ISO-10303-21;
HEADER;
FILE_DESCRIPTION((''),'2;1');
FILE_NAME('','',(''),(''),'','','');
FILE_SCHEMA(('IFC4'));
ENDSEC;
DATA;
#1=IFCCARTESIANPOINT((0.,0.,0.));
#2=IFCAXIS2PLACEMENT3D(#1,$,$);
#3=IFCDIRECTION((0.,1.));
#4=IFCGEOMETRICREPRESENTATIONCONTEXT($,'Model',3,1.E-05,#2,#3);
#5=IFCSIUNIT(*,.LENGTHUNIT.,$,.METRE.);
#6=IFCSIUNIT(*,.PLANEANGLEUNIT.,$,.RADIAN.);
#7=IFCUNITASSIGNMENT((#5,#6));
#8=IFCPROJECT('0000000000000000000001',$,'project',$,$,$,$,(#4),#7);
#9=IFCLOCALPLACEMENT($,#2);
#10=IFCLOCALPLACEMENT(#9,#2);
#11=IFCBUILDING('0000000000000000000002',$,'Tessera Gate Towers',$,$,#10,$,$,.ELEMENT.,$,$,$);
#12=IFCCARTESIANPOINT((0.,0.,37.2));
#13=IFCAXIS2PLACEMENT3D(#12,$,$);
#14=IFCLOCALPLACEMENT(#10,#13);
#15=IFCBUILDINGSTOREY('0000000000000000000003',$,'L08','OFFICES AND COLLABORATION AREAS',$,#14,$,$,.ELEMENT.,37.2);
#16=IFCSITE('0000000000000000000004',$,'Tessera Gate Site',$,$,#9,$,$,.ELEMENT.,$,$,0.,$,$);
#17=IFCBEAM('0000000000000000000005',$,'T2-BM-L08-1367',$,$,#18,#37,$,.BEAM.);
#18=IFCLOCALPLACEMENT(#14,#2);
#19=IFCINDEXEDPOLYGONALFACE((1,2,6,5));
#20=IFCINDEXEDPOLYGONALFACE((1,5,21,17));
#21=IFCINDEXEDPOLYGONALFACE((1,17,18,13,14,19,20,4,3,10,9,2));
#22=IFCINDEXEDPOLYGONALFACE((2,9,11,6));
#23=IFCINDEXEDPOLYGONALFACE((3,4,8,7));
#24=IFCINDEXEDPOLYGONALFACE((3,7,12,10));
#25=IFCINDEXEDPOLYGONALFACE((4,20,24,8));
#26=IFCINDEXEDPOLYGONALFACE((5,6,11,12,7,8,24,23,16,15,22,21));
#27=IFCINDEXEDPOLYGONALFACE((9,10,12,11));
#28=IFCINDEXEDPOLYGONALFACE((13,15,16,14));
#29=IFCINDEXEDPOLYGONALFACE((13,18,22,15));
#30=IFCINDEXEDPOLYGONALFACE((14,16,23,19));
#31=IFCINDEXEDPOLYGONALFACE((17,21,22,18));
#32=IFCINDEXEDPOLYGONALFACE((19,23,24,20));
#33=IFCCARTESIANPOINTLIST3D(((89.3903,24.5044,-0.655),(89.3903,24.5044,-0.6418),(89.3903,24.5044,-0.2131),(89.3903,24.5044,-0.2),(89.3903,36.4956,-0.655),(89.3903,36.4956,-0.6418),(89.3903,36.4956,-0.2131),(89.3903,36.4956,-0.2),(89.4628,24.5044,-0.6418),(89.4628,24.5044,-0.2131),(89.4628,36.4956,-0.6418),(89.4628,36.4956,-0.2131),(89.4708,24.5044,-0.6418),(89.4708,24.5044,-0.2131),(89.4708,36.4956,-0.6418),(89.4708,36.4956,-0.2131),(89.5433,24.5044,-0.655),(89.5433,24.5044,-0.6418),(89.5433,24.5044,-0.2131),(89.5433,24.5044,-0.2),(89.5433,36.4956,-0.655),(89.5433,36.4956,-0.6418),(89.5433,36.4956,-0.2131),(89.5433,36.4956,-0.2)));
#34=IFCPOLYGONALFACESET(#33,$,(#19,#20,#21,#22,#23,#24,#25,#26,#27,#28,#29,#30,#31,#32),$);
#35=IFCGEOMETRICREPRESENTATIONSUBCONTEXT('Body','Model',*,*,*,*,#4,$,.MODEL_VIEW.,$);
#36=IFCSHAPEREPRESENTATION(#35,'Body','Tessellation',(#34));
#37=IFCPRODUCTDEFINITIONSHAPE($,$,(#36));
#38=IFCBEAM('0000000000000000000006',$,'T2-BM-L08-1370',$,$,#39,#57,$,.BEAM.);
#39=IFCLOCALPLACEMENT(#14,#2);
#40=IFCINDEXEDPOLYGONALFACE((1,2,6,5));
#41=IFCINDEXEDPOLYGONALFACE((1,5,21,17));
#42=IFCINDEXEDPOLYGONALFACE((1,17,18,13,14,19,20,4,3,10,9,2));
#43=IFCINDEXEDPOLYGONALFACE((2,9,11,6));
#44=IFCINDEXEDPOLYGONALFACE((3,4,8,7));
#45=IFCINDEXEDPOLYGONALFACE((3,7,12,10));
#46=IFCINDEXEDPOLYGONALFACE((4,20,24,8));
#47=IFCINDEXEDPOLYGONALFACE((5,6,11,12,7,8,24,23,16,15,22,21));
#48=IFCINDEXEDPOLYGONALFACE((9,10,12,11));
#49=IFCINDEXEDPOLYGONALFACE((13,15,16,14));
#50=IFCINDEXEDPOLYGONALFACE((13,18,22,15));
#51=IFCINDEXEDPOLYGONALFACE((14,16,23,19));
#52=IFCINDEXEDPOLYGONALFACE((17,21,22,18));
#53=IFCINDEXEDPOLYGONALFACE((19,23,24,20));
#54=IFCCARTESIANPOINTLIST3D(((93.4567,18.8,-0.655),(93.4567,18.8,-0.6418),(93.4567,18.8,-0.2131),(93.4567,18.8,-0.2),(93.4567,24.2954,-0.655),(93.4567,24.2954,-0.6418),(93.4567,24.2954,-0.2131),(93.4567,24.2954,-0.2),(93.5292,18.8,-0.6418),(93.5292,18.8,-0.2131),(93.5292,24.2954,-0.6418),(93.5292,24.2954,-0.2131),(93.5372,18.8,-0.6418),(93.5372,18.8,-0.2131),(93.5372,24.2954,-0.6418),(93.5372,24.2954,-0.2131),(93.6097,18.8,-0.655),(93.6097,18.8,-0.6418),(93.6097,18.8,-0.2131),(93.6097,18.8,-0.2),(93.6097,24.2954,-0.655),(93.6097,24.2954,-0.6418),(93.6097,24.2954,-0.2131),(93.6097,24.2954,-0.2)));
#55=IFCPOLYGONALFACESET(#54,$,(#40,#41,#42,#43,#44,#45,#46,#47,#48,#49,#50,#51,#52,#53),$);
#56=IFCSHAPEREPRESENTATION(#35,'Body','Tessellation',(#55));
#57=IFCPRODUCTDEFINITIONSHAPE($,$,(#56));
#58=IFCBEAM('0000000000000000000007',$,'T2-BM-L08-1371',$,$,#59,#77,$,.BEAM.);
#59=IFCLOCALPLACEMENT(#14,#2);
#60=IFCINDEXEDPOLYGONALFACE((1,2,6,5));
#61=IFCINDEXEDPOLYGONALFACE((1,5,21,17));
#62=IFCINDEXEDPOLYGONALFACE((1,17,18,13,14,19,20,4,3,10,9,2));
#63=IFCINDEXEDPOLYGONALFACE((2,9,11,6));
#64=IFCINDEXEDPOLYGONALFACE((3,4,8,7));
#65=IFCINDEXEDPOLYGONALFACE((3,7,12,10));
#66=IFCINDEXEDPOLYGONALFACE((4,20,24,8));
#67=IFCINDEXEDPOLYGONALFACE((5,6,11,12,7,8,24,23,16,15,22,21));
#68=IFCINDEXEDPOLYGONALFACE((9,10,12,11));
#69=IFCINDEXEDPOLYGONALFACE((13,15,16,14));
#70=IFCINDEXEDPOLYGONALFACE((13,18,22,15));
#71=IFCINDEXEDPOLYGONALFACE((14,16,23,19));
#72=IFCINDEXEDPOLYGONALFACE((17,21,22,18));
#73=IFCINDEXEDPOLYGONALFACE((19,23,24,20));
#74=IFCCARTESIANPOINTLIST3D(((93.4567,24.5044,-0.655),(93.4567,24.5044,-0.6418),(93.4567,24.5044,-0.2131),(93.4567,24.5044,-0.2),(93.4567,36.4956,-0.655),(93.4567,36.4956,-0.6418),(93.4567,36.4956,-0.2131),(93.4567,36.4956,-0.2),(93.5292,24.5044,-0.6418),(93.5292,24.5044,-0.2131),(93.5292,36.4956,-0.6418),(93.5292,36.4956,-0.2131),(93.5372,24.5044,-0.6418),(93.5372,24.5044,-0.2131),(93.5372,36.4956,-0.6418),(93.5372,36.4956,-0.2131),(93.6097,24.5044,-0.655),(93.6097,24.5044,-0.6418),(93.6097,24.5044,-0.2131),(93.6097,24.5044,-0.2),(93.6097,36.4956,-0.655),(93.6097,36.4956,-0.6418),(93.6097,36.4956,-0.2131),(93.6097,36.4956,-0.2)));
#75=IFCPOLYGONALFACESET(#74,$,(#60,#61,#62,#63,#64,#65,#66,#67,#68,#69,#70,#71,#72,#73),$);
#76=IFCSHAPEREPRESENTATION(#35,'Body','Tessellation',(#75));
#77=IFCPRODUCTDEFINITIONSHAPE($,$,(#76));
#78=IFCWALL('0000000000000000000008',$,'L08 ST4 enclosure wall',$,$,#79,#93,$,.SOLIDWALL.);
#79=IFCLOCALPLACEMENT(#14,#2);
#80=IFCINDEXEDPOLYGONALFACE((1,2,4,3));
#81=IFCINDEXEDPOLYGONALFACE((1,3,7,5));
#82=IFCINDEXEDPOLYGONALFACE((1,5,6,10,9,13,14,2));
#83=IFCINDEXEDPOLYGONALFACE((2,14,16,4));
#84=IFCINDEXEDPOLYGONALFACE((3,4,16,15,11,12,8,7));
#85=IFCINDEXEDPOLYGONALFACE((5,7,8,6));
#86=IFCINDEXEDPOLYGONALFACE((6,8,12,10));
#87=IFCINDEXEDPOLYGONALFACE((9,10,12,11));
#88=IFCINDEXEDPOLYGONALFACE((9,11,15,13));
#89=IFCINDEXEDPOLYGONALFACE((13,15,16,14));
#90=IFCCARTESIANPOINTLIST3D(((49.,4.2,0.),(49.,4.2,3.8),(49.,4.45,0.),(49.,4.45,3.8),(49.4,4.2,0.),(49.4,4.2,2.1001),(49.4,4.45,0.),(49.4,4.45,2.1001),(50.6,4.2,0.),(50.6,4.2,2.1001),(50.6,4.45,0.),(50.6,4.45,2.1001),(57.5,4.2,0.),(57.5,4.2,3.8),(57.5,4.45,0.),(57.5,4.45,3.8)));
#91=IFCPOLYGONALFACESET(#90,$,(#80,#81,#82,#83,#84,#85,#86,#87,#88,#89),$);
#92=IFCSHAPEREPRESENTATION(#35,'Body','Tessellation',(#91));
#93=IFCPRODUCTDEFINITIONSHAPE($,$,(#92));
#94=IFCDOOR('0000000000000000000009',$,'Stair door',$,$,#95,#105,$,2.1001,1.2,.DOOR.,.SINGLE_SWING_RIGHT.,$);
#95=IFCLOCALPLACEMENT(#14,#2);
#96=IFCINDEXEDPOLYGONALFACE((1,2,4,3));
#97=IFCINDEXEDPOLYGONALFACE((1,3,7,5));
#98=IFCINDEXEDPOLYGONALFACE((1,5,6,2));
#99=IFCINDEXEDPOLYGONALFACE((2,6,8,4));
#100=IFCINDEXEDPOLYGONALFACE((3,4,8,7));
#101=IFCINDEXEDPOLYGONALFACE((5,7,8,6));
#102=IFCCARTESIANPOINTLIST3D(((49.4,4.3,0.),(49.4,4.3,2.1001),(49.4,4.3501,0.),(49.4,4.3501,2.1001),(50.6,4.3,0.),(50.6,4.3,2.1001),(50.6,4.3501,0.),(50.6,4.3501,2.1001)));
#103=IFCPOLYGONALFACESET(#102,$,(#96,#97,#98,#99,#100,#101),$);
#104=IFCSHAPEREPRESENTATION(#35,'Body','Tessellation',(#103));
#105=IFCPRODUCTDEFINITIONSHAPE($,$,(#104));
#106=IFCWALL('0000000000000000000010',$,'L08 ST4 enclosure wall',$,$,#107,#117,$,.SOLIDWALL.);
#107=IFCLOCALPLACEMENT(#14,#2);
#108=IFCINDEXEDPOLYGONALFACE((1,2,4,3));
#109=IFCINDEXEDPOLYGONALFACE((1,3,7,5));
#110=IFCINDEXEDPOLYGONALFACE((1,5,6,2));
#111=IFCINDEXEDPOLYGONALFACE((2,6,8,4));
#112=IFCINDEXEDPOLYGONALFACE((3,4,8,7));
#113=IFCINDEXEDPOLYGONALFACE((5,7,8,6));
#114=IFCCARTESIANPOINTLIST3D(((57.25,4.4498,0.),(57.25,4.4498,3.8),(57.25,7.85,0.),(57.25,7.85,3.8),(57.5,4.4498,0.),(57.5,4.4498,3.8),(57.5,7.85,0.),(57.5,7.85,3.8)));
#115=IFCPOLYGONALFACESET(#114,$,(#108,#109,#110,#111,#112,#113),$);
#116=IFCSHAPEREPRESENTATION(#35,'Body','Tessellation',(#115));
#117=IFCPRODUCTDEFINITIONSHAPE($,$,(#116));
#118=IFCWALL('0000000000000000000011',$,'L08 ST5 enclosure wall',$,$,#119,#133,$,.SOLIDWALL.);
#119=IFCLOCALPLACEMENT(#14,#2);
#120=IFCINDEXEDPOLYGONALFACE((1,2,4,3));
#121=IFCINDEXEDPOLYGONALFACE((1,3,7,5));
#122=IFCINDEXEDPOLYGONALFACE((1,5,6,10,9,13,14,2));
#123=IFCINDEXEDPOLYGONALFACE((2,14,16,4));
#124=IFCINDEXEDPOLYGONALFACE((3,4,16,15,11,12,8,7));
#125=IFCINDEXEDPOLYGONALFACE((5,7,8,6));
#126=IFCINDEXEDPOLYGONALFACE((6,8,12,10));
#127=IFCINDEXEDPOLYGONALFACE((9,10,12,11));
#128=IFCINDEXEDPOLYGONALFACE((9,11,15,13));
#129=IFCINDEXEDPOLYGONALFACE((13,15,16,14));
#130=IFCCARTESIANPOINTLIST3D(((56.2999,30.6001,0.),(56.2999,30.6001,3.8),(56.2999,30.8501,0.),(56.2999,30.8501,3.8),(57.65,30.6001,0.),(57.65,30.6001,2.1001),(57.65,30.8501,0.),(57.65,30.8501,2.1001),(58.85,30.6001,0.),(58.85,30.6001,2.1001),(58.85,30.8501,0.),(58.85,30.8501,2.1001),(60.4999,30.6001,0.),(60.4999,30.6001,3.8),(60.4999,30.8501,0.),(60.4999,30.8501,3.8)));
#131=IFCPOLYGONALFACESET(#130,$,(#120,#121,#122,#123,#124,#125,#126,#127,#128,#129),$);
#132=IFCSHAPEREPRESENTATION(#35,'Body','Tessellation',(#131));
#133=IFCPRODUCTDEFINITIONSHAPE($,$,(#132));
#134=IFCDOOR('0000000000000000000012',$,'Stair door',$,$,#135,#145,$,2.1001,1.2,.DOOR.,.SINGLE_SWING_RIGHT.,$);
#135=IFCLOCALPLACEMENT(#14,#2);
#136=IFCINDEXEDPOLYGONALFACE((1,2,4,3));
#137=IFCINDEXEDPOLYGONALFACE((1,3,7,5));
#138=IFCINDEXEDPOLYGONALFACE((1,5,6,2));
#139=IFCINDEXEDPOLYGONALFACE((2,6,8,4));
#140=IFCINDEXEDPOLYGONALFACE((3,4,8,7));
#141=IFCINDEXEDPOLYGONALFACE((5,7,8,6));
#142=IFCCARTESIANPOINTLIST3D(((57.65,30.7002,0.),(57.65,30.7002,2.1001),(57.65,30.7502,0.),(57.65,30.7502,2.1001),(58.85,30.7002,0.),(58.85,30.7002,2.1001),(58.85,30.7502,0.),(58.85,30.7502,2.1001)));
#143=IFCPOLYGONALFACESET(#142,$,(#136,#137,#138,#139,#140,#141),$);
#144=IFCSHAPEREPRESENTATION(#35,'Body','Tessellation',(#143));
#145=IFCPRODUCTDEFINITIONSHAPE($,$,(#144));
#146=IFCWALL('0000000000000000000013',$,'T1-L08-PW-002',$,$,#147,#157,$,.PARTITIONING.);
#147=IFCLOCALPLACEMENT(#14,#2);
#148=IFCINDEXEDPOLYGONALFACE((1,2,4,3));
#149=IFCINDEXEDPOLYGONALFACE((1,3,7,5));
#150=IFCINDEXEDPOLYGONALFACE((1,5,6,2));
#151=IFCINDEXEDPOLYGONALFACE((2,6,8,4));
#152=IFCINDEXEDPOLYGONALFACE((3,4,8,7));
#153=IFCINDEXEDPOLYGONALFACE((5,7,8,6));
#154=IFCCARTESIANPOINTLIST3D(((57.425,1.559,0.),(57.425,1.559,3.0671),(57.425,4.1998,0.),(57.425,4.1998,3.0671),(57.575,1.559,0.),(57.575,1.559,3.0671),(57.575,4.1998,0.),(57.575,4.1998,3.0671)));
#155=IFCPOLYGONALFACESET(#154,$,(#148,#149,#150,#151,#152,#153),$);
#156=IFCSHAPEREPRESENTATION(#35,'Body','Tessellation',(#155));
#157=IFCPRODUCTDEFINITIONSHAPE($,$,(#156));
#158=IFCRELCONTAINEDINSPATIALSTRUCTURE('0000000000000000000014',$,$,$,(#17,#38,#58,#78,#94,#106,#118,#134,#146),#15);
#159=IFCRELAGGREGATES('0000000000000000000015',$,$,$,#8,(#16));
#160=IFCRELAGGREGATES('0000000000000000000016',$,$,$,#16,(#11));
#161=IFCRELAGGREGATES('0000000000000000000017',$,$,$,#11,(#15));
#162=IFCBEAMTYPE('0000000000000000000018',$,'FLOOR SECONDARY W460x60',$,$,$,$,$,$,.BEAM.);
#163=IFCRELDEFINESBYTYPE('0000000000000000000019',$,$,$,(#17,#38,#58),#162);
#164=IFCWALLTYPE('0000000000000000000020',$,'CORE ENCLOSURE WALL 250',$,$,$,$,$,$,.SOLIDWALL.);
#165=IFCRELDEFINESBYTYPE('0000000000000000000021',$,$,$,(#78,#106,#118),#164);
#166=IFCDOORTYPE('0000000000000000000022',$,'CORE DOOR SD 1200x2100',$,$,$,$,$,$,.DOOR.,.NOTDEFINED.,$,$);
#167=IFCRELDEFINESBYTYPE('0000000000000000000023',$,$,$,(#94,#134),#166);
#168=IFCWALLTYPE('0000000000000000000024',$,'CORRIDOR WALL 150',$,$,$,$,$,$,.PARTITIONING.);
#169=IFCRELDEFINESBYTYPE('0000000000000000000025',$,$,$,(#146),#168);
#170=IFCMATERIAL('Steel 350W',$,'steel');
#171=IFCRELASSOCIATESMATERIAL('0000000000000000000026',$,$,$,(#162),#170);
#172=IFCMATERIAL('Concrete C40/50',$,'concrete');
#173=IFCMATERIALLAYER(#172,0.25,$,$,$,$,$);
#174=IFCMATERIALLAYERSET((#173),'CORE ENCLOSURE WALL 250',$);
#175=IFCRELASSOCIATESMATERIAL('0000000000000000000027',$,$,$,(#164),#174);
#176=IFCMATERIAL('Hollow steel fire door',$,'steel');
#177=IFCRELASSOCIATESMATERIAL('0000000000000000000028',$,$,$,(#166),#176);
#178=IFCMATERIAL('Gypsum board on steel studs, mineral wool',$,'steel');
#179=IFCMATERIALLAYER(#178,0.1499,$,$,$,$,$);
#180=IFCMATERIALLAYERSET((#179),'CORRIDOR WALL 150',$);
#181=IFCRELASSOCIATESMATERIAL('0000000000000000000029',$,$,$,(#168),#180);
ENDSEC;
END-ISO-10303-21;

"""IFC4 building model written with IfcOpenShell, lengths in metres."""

from ifc_helpers import new_model, si_unit, direction, frame, frame_2d, origin, origin_2d, place, context, subcontext, project, spatial, rectangle, i_section, extrude, source, transform, mapped, material, layer, layer_set, material_profile, profile_set, type_object, element, fill, save


model = new_model("IFC4")

# Units and contexts
model_context = context("Model", 3, precision=1e-05, world=origin(), true_north=direction((0.0, 1.0)))
body_context = subcontext(model_context, "Body", "Model", "MODEL_VIEW")
ifc_project = project(units=[si_unit("LENGTHUNIT", "METRE"), si_unit("PLANEANGLEUNIT", "RADIAN")], contexts=[model_context])

# Site, building, storey
site_placement = place(None, origin())
site = spatial("IfcSite", under=ifc_project, at=site_placement, Name="Tessera Gate Site", CompositionType="ELEMENT", RefElevation=0.0)
building_placement = place(site_placement, origin())
building = spatial("IfcBuilding", under=site, at=building_placement, Name="Tessera Gate Towers", CompositionType="ELEMENT")
storey_placement = place(building_placement, frame((0.0, 0.0, 37.2)))
storey = spatial("IfcBuildingStorey", under=building, at=storey_placement, Name="L08", Description="OFFICES AND COLLABORATION AREAS", CompositionType="ELEMENT", Elevation=37.2)

# Beams
ifc_material_1 = material(Name="Steel 350W", Category="steel")
ifc_material_profile_1 = material_profile(ifc_material_1, i_section(OverallWidth=0.1531, OverallDepth=0.4551, WebThickness=0.0081, FlangeThickness=0.0132, at=origin_2d()), Name="W460x60")
ifc_profile_set_1 = profile_set([ifc_material_profile_1], Name="Steel 350W")
beam_type_1 = type_object("IfcBeamType", Name="FLOOR SECONDARY W460x60", PredefinedType="BEAM", material=ifc_profile_set_1)
beam_1_placement = place(storey_placement, frame((89.4668, 24.5044, -0.4275), z_axis=(0.0, 1.0, 0.0), x_axis=(-1.0, 0.0, 0.0)))
element("IfcBeam", 1, at=beam_1_placement, inside=storey, type_object=beam_type_1, Name="T2-BM-L08-1367", PredefinedType="BEAM", context=body_context, shape_type="SweptSolid", body=[
    extrude(i_section(OverallWidth=0.1531, OverallDepth=0.4551, WebThickness=0.0081, FlangeThickness=0.0132, at=origin_2d()), origin(), (0.0, 0.0, 1.0), 11.9912),
])
beam_2_placement = place(storey_placement, frame((93.5332, 18.8, -0.4275), z_axis=(0.0, 1.0, 0.0), x_axis=(-1.0, 0.0, 0.0)))
element("IfcBeam", 2, at=beam_2_placement, inside=storey, type_object=beam_type_1, Name="T2-BM-L08-1370", PredefinedType="BEAM", context=body_context, shape_type="SweptSolid", body=[
    extrude(i_section(OverallWidth=0.1531, OverallDepth=0.4551, WebThickness=0.0081, FlangeThickness=0.0132, at=origin_2d()), origin(), (0.0, 0.0, 1.0), 5.4954),
])
beam_3_placement = place(storey_placement, frame((93.5332, 24.5044, -0.4275), z_axis=(0.0, 1.0, 0.0), x_axis=(-1.0, 0.0, 0.0)))
element("IfcBeam", 3, at=beam_3_placement, inside=storey, type_object=beam_type_1, Name="T2-BM-L08-1371", PredefinedType="BEAM", context=body_context, shape_type="SweptSolid", body=[
    extrude(i_section(OverallWidth=0.1531, OverallDepth=0.4551, WebThickness=0.0081, FlangeThickness=0.0132, at=origin_2d()), origin(), (0.0, 0.0, 1.0), 11.9912),
])

# Wall, opening, door
ifc_material_2 = material(Name="Concrete C40/50", Category="concrete")
ifc_layer_1 = layer(ifc_material_2, 0.25)
ifc_layer_set_1 = layer_set([ifc_layer_1], Name="CORE ENCLOSURE WALL 250")
wall_type_1 = type_object("IfcWallType", Name="CORE ENCLOSURE WALL 250", PredefinedType="SOLIDWALL", material=ifc_layer_set_1)
wall_1_placement = place(storey_placement, frame((57.5, 4.325, 0.0), z_axis=(0.0, 0.0, 1.0), x_axis=(-1.0, 0.0, 0.0)))
wall_1 = element("IfcWall", 4, at=wall_1_placement, inside=storey, type_object=wall_type_1, Name="L08 ST4 enclosure wall", PredefinedType="SOLIDWALL", context=body_context, shape_type="SweptSolid", body=[
    extrude(rectangle(XDim=8.5, YDim=0.25, at=frame_2d((4.25, 0.0))), origin(), (0.0, 0.0, 1.0), 3.8),
])
shared_shape_1 = source(origin(), body_context, "Body", "SweptSolid", [
    extrude(rectangle(XDim=1.2, YDim=2.1001, at=frame_2d((0.6001, 1.05))), frame((0.0, 0.135, 0.0), z_axis=(0.0, -1.0, 0.0), x_axis=(1.0, 0.0, 0.0)), (0.0, 0.0, 1.0), 0.27),
])
opening_1_placement = place(wall_1_placement, frame((6.8999, 0.0, 0.0)))
opening_1 = element("IfcOpeningElement", 5, at=opening_1_placement, cuts=wall_1, PredefinedType="OPENING", context=body_context, shape_type="MappedRepresentation", body=[
    mapped(shared_shape_1, transform((0.0, 0.0, 0.0), scale=1.0)),
])
ifc_material_3 = material(Name="Hollow steel fire door", Category="steel")
door_type_1 = type_object("IfcDoorType", Name="CORE DOOR SD 1200x2100", OperationType="NOTDEFINED", PredefinedType="DOOR", material=ifc_material_3)
shared_shape_2 = source(origin(), body_context, "Body", "SweptSolid", [
    extrude(rectangle(XDim=1.2, YDim=2.1001, at=frame_2d((0.6001, 1.05))), frame((0.0, 0.0249, 0.0), z_axis=(0.0, -1.0, 0.0), x_axis=(1.0, 0.0, 0.0)), (0.0, 0.0, 1.0), 0.05),
])
door_1_placement = place(opening_1_placement, origin())
door_1 = element("IfcDoor", 6, at=door_1_placement, inside=storey, type_object=door_type_1, Name="Stair door", OperationType="SINGLE_SWING_RIGHT", OverallHeight=2.1001, OverallWidth=1.2, PredefinedType="DOOR", context=body_context, shape_type="MappedRepresentation", body=[
    mapped(shared_shape_2, transform((0.0, 0.0, 0.0), scale=1.0)),
])
fill(opening_1, door_1)

# Wall
wall_2_placement = place(storey_placement, frame((57.375, 7.8501, 0.0), z_axis=(0.0, 0.0, 1.0), x_axis=(0.0, -1.0, 0.0)))
element("IfcWall", 7, at=wall_2_placement, inside=storey, type_object=wall_type_1, Name="L08 ST4 enclosure wall", PredefinedType="SOLIDWALL", context=body_context, shape_type="SweptSolid", body=[
    extrude(rectangle(XDim=3.4001, YDim=0.25, at=frame_2d((1.7002, 0.0))), origin(), (0.0, 0.0, 1.0), 3.8),
])

# Wall, opening, door
wall_3_placement = place(storey_placement, frame((60.5, 30.7251, 0.0), z_axis=(0.0, 0.0, 1.0), x_axis=(-1.0, 0.0, 0.0)))
wall_3 = element("IfcWall", 8, at=wall_3_placement, inside=storey, type_object=wall_type_1, Name="L08 ST5 enclosure wall", PredefinedType="SOLIDWALL", context=body_context, shape_type="SweptSolid", body=[
    extrude(rectangle(XDim=4.2, YDim=0.25, at=frame_2d((2.1001, 0.0))), origin(), (0.0, 0.0, 1.0), 3.8),
])
opening_2_placement = place(wall_3_placement, frame((1.6499, 0.0, 0.0)))
opening_2 = element("IfcOpeningElement", 9, at=opening_2_placement, cuts=wall_3, PredefinedType="OPENING", context=body_context, shape_type="MappedRepresentation", body=[
    mapped(shared_shape_1, transform((0.0, 0.0, 0.0), scale=1.0)),
])
door_2_placement = place(opening_2_placement, origin())
door_2 = element("IfcDoor", 10, at=door_2_placement, inside=storey, type_object=door_type_1, Name="Stair door", OperationType="SINGLE_SWING_RIGHT", OverallHeight=2.1001, OverallWidth=1.2, PredefinedType="DOOR", context=body_context, shape_type="MappedRepresentation", body=[
    mapped(shared_shape_2, transform((0.0, 0.0, 0.0), scale=1.0)),
])
fill(opening_2, door_2)

# Wall
ifc_material_4 = material(Name="Gypsum board on steel studs, mineral wool", Category="steel")
ifc_layer_2 = layer(ifc_material_4, 0.1499)
ifc_layer_set_2 = layer_set([ifc_layer_2], Name="CORRIDOR WALL 150")
wall_type_2 = type_object("IfcWallType", Name="CORRIDOR WALL 150", PredefinedType="PARTITIONING", material=ifc_layer_set_2)
wall_4_placement = place(storey_placement, frame((57.5, 1.5591, 0.0), z_axis=(0.0, 0.0, 1.0), x_axis=(0.0, 1.0, 0.0)))
element("IfcWall", 11, at=wall_4_placement, inside=storey, type_object=wall_type_2, Name="T1-L08-PW-002", PredefinedType="PARTITIONING", context=body_context, shape_type="SweptSolid", body=[
    extrude(rectangle(XDim=2.6409, YDim=0.1499, at=frame_2d((1.3203, 0.0))), origin(), (0.0, 0.0, 1.0), 3.0671),
])

save(model, "model.ifc")
